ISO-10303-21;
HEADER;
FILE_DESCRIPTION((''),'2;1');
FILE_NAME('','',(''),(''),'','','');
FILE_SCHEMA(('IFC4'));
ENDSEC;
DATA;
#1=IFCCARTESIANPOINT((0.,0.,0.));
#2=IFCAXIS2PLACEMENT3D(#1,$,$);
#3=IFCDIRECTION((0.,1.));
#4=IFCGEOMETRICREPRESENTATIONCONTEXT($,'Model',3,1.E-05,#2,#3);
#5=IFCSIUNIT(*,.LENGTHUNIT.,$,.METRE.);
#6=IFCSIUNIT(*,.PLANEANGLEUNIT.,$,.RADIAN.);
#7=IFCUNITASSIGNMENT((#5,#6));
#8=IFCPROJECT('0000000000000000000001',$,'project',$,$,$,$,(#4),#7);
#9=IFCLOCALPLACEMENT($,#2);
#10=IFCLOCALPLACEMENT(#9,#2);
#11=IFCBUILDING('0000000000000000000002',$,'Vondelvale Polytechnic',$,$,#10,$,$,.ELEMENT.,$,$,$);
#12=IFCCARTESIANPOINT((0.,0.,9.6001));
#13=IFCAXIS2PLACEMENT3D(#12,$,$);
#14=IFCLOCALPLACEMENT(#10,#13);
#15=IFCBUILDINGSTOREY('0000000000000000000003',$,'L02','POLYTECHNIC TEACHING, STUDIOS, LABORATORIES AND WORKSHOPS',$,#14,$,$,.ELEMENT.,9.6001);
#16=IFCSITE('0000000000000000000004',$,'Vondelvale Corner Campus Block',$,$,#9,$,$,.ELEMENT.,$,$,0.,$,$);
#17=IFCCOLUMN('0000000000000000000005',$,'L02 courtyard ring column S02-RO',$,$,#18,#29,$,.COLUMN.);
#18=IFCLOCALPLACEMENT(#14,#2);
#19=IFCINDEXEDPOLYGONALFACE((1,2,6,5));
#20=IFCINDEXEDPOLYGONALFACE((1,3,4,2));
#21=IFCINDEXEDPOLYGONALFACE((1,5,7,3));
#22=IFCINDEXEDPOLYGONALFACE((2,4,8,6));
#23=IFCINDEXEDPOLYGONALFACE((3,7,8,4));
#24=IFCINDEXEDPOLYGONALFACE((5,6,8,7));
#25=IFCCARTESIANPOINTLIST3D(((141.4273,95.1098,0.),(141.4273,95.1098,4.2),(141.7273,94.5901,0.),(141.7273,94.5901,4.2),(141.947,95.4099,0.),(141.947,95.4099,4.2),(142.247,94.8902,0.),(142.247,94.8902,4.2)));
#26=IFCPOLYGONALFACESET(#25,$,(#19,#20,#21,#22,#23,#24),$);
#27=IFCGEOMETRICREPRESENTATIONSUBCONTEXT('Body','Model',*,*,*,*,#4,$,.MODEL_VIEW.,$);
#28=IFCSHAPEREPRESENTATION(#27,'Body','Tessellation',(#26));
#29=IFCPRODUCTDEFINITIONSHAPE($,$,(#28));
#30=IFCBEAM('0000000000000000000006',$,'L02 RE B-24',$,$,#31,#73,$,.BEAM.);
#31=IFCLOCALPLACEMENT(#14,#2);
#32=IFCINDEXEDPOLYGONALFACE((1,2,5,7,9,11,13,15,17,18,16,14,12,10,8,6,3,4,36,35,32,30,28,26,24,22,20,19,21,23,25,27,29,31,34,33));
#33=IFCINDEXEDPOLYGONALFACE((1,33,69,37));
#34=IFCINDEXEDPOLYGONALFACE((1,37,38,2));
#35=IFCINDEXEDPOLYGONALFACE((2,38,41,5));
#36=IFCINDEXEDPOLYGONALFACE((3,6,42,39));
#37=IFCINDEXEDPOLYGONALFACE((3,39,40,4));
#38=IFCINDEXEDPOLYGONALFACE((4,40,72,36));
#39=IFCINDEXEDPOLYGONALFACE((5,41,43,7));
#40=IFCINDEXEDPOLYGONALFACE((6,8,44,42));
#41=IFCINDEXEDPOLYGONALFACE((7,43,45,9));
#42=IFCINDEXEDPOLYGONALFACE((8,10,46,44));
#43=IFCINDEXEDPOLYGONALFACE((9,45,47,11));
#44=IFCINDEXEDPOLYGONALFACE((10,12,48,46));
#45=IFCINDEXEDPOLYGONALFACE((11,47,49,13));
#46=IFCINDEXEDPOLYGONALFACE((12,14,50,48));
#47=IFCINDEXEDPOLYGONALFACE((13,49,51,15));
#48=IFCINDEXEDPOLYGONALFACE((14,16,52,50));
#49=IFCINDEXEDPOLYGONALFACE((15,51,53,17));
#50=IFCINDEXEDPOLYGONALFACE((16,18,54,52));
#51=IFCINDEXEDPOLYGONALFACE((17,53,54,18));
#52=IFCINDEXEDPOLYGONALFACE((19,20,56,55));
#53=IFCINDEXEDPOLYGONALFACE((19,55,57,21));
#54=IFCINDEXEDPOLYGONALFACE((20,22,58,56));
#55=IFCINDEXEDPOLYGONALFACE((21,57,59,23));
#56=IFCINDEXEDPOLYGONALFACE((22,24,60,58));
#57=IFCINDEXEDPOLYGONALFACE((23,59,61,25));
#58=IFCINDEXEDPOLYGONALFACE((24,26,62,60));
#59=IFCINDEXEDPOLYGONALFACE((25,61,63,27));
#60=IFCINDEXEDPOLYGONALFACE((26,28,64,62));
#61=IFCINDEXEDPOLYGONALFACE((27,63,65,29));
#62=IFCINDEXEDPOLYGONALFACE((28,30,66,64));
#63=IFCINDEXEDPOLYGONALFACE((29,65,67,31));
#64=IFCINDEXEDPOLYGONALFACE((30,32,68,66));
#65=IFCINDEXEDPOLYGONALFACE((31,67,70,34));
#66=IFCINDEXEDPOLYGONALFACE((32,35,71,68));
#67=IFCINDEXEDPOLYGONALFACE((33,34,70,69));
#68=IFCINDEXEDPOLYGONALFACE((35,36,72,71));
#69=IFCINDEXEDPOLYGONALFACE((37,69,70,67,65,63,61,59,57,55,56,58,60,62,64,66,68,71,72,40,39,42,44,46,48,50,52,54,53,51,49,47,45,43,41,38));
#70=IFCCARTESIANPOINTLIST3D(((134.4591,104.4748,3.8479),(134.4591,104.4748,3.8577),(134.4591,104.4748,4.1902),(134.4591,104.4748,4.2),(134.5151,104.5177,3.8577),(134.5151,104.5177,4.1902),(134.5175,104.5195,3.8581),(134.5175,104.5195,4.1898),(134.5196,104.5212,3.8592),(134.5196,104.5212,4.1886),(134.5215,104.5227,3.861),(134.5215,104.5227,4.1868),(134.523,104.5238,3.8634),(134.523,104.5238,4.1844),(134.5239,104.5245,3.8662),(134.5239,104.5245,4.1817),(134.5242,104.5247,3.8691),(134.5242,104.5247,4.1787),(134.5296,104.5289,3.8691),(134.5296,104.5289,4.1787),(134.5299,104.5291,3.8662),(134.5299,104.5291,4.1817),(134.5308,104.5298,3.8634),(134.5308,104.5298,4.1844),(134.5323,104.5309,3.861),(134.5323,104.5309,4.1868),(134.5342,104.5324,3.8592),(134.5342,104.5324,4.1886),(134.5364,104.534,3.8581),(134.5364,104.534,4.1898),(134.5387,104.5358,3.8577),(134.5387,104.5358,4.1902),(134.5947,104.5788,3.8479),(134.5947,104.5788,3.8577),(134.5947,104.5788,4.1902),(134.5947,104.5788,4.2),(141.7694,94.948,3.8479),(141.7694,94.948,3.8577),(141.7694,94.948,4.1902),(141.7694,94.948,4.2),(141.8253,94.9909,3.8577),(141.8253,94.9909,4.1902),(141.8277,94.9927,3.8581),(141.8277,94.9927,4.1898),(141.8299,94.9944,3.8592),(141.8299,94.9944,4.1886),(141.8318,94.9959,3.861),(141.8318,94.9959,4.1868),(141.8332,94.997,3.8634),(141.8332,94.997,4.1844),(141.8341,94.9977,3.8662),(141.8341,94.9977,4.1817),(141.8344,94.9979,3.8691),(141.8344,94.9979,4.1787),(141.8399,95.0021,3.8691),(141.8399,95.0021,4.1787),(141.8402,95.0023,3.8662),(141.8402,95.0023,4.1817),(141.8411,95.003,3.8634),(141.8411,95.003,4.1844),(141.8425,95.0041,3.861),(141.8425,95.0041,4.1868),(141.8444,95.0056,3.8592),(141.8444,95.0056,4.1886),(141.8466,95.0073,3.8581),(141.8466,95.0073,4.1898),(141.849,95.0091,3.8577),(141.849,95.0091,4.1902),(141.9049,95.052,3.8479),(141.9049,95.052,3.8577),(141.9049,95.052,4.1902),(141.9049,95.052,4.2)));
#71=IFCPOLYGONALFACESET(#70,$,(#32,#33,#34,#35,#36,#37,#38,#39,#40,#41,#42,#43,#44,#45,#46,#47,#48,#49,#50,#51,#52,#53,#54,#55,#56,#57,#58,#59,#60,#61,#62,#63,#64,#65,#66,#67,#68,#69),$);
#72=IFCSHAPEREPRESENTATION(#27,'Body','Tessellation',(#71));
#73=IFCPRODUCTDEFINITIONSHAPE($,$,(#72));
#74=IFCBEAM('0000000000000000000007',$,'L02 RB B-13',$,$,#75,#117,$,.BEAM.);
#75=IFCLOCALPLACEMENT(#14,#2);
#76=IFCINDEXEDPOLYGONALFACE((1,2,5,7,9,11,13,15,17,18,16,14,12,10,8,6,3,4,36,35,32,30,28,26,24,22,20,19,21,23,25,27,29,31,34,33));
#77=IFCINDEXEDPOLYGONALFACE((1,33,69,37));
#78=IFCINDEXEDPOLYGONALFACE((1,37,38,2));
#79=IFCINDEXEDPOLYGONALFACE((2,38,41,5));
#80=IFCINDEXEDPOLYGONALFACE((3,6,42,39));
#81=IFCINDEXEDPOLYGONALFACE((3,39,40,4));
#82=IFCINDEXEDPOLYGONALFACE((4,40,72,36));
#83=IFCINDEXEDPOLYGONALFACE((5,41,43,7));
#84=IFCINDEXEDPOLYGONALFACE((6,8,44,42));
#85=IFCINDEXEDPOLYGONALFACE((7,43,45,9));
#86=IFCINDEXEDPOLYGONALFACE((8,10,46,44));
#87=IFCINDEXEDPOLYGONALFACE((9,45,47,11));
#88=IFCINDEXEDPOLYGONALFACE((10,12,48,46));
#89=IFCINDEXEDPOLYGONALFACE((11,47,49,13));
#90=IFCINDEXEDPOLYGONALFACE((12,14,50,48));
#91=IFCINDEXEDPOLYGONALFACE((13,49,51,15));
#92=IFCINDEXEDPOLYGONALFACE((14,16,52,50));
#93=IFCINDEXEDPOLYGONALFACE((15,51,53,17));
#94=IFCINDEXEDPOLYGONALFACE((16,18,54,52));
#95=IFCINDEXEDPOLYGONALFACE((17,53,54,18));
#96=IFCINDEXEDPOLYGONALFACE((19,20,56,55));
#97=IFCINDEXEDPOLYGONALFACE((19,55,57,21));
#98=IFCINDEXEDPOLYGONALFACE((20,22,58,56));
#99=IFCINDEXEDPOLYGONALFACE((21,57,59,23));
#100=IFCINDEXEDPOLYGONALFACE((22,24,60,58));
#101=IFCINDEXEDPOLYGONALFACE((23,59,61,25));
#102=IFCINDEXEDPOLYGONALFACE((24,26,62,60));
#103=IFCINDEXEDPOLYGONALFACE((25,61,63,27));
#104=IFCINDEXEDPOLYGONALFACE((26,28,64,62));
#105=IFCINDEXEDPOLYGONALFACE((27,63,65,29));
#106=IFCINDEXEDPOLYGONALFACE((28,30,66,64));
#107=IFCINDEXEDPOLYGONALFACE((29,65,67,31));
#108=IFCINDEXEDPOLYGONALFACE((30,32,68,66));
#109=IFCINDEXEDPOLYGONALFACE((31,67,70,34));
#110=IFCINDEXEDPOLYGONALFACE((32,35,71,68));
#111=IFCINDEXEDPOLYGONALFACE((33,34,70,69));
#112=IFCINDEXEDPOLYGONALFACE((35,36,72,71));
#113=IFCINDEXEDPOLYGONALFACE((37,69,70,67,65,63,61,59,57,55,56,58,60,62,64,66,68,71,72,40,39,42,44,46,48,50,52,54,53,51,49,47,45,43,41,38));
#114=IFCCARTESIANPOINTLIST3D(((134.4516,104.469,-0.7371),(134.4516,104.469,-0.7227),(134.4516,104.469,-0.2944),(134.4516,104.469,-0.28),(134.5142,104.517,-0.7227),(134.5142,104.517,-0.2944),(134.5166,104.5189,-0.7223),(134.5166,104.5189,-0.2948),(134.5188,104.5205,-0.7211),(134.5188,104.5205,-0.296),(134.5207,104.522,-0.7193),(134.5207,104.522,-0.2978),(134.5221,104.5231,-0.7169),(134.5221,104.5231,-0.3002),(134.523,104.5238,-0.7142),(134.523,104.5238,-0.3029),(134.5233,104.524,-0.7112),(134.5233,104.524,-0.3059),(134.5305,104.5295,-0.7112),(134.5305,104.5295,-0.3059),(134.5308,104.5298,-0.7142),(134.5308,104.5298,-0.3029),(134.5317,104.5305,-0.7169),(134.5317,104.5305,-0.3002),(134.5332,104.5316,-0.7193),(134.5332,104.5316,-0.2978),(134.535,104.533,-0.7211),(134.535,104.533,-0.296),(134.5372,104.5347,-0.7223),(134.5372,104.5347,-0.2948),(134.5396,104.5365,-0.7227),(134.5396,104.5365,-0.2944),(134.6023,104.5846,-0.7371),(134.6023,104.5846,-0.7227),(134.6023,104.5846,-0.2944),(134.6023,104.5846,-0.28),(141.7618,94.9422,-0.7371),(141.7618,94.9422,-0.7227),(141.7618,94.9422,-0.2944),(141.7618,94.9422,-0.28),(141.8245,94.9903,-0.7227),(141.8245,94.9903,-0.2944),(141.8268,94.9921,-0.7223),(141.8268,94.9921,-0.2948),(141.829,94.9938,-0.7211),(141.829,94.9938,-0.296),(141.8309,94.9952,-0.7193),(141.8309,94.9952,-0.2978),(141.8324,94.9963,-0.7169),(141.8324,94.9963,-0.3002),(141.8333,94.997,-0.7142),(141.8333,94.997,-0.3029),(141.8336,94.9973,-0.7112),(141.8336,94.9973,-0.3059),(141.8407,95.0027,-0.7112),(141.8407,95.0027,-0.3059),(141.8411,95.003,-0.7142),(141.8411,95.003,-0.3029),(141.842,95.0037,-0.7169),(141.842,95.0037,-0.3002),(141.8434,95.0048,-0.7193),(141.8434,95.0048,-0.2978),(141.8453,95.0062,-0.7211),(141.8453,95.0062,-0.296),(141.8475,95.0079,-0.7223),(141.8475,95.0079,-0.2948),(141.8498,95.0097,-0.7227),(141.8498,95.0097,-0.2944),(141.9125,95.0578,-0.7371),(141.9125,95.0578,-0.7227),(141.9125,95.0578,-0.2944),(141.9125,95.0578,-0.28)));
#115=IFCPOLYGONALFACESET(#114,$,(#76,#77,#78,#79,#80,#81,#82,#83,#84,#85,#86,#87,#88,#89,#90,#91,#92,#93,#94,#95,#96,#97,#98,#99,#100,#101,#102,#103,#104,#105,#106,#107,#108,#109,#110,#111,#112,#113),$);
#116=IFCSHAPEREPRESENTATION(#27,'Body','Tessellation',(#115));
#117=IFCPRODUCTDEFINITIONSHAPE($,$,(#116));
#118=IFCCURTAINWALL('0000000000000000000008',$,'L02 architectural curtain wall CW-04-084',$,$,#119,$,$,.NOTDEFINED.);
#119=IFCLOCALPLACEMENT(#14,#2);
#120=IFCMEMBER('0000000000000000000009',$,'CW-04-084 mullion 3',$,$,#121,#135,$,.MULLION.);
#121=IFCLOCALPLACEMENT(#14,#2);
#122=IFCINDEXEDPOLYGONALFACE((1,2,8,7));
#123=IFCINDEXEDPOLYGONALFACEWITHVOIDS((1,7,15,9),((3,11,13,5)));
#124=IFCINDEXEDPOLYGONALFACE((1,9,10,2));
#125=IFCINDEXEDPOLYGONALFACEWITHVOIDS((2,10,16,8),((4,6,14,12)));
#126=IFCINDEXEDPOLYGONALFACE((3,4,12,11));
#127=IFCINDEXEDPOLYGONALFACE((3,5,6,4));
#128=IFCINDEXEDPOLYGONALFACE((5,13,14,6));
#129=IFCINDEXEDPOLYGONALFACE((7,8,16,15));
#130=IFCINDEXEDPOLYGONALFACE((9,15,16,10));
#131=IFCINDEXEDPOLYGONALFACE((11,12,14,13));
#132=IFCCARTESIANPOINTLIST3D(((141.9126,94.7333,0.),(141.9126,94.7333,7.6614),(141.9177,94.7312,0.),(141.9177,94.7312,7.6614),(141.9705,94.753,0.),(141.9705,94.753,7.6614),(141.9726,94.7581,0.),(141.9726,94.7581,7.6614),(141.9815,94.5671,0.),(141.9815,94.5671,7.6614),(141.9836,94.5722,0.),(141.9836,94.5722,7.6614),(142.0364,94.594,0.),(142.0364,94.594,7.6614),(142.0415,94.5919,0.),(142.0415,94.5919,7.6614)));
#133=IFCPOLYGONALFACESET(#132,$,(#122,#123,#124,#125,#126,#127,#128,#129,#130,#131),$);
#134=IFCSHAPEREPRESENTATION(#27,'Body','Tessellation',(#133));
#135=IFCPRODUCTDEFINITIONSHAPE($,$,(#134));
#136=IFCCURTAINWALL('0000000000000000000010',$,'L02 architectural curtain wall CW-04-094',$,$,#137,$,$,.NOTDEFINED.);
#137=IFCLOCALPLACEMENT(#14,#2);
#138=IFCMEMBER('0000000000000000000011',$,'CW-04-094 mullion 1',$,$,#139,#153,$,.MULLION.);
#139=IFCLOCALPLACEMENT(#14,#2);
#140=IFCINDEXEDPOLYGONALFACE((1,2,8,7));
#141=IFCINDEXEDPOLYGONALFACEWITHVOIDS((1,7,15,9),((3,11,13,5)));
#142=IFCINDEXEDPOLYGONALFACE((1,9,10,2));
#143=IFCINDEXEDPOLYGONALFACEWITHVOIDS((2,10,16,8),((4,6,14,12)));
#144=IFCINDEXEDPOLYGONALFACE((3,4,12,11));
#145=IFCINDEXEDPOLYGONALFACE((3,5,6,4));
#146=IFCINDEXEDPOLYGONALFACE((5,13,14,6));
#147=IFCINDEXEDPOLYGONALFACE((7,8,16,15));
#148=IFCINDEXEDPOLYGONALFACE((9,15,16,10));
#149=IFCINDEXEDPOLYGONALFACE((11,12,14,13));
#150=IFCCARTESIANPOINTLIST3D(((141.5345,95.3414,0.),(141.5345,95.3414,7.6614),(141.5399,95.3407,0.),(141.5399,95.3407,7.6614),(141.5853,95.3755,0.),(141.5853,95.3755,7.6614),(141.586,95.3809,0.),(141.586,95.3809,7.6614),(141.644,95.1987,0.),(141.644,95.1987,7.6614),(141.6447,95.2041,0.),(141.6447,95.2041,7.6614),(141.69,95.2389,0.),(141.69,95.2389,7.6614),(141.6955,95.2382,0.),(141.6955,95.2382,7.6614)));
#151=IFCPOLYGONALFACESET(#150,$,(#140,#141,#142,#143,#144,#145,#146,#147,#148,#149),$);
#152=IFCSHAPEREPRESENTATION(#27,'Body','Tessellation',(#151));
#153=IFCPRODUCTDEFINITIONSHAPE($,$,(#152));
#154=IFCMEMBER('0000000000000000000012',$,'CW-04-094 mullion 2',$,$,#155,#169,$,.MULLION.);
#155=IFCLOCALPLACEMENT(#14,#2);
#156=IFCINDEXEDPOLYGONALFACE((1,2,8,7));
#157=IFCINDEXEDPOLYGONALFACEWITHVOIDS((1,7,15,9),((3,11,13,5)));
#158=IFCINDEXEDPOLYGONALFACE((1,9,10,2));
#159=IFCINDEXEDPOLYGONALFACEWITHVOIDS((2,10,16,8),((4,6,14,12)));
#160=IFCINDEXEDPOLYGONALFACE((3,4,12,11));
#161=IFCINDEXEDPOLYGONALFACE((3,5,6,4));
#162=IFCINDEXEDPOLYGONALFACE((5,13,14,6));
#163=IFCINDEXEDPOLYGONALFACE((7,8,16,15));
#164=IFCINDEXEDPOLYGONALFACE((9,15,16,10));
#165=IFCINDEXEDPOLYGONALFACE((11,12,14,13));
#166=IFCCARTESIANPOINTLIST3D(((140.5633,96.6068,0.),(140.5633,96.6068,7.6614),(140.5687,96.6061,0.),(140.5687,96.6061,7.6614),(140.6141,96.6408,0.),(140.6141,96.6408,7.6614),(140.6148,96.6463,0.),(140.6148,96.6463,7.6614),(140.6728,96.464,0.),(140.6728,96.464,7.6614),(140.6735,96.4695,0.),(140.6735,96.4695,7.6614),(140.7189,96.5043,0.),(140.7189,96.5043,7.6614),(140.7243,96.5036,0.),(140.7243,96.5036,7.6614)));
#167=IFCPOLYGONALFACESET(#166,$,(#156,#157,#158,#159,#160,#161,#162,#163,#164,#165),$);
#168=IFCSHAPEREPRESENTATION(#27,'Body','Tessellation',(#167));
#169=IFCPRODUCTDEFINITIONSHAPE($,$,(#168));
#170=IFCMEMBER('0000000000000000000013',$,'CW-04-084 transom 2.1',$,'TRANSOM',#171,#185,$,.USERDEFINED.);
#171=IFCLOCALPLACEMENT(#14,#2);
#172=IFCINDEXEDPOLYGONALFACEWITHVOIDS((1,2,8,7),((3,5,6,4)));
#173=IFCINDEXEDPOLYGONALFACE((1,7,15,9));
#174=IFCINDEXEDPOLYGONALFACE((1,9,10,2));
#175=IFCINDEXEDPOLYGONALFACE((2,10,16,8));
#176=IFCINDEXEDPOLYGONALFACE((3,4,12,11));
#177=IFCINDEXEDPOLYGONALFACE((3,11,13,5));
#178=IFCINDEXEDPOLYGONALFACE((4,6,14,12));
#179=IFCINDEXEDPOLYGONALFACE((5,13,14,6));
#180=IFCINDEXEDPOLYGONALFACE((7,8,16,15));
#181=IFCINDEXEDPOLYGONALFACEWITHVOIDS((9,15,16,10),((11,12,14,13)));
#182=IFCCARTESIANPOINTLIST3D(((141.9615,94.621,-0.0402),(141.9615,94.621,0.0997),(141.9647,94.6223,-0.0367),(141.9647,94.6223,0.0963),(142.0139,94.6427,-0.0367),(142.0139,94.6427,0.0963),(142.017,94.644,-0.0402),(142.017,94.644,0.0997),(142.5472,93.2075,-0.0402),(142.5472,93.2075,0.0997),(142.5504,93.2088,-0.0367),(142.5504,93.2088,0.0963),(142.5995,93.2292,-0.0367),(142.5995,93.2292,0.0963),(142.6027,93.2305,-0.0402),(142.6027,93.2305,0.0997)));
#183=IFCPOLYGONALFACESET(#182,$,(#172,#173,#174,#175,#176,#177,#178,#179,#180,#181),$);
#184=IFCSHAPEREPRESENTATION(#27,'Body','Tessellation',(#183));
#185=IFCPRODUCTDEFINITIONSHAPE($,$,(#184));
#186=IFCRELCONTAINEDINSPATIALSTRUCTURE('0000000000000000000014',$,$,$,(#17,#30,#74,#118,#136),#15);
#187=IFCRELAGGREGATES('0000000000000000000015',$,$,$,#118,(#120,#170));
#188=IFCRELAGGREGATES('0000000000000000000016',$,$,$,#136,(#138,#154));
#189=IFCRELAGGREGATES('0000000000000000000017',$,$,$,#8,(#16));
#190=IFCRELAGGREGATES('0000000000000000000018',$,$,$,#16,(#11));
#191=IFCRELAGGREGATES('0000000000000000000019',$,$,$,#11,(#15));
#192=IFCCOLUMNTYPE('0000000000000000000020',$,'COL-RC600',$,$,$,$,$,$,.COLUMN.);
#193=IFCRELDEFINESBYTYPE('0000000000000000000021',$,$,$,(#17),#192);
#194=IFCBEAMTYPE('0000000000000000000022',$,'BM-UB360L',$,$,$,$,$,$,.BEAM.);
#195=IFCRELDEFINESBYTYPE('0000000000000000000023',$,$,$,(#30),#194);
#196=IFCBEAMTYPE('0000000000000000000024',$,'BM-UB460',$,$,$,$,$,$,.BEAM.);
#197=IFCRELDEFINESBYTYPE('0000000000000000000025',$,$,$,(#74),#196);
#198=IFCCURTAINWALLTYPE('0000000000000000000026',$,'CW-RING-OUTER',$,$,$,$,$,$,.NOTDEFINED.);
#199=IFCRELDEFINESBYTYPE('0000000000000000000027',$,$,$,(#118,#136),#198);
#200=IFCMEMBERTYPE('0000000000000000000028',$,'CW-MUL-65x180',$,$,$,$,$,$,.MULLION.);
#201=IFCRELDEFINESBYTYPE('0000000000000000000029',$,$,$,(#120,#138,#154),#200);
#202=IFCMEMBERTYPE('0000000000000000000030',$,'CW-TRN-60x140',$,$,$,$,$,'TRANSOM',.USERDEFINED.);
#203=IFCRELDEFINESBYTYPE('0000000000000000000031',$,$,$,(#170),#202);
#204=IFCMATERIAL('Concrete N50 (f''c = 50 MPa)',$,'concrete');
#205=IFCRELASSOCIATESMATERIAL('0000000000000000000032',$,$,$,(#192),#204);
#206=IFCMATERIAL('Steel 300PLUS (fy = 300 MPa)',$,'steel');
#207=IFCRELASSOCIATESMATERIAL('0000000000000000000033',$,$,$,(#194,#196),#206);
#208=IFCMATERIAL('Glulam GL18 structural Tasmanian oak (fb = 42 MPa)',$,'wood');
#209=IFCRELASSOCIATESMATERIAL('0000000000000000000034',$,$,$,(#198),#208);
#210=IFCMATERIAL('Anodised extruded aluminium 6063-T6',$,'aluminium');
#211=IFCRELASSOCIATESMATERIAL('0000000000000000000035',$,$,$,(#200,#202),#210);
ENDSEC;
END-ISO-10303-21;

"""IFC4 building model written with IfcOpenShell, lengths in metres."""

from ifc_helpers import new_model, si_unit, direction, frame, origin, origin_2d, place, context, subcontext, project, spatial, rectangle, hollow_rectangle, i_section, extrude, material, material_profile, profile_set, type_object, element, aggregate, save


model = new_model("IFC4")

# Units and contexts
model_context = context("Model", 3, precision=1e-05, world=origin(), true_north=direction((0.0, 1.0)))
body_context = subcontext(model_context, "Body", "Model", "MODEL_VIEW")
ifc_project = project(units=[si_unit("LENGTHUNIT", "METRE"), si_unit("PLANEANGLEUNIT", "RADIAN")], contexts=[model_context])

# Site, building, storey
site_placement = place(None, origin())
site = spatial("IfcSite", under=ifc_project, at=site_placement, Name="Vondelvale Corner Campus Block", CompositionType="ELEMENT", RefElevation=0.0)
building_placement = place(site_placement, origin())
building = spatial("IfcBuilding", under=site, at=building_placement, Name="Vondelvale Polytechnic", CompositionType="ELEMENT")
storey_placement = place(building_placement, frame((0.0, 0.0, 9.6001)))
storey = spatial("IfcBuildingStorey", under=building, at=storey_placement, Name="L02", Description="POLYTECHNIC TEACHING, STUDIOS, LABORATORIES AND WORKSHOPS", CompositionType="ELEMENT", Elevation=9.6001)

# Column
ifc_material_1 = material(Name="Concrete N50 (f'c = 50 MPa)", Category="concrete")
ifc_material_profile_1 = material_profile(ifc_material_1, rectangle(XDim=0.6001, YDim=0.6001, at=origin_2d()), Name="RC-COL-600x600")
ifc_profile_set_1 = profile_set([ifc_material_profile_1], Name="Concrete N50 (f'c = 50 MPa)")
column_type = type_object("IfcColumnType", Name="COL-RC600", PredefinedType="COLUMN", material=ifc_profile_set_1)
column_placement = place(storey_placement, frame((141.8372, 95.0, 0.0), z_axis=(0.0, 0.0, 1.0), x_axis=(0.866025, 0.5, 0.0)))
element("IfcColumn", 1, at=column_placement, inside=storey, type_object=column_type, Name="L02 courtyard ring column S02-RO", PredefinedType="COLUMN", context=body_context, shape_type="SweptSolid", body=[
    extrude(rectangle(XDim=0.6001, YDim=0.6001, at=origin_2d()), origin(), (0.0, 0.0, 1.0), 4.2),
])

# Beams
ifc_material_2 = material(Name="Steel 300PLUS (fy = 300 MPa)", Category="steel")
ifc_material_profile_2 = material_profile(ifc_material_2, i_section(OverallWidth=0.1709, OverallDepth=0.3521, WebThickness=0.0068, FlangeThickness=0.0098, FilletRadius=0.0115, at=origin_2d()), Name="360UB44.7")
ifc_profile_set_2 = profile_set([ifc_material_profile_2], Name="Steel 300PLUS (fy = 300 MPa)")
beam_type_1 = type_object("IfcBeamType", Name="BM-UB360L", PredefinedType="BEAM", material=ifc_profile_set_2)
beam_1_placement = place(storey_placement, frame((141.8372, 95.0, 4.0239), z_axis=(-0.608766, 0.79335, 0.0), x_axis=(-0.79335, -0.608766, 0.0)))
element("IfcBeam", 2, at=beam_1_placement, inside=storey, type_object=beam_type_1, Name="L02 RE B-24", PredefinedType="BEAM", context=body_context, shape_type="SweptSolid", body=[
    extrude(i_section(OverallWidth=0.1709, OverallDepth=0.3521, WebThickness=0.0068, FlangeThickness=0.0098, FilletRadius=0.0115, at=origin_2d()), origin(), (0.0, 0.0, 1.0), 12.0083),
])
ifc_material_profile_3 = material_profile(ifc_material_2, i_section(OverallWidth=0.1899, OverallDepth=0.457, WebThickness=0.009, FlangeThickness=0.0144, FilletRadius=0.0115, at=origin_2d()), Name="460UB74.6")
ifc_profile_set_3 = profile_set([ifc_material_profile_3], Name="Steel 300PLUS (fy = 300 MPa)")
beam_type_2 = type_object("IfcBeamType", Name="BM-UB460", PredefinedType="BEAM", material=ifc_profile_set_3)
beam_2_placement = place(storey_placement, frame((141.8372, 95.0, -0.5085), z_axis=(-0.608766, 0.79335, 0.0), x_axis=(-0.79335, -0.608766, 0.0)))
element("IfcBeam", 3, at=beam_2_placement, inside=storey, type_object=beam_type_2, Name="L02 RB B-13", PredefinedType="BEAM", context=body_context, shape_type="SweptSolid", body=[
    extrude(i_section(OverallWidth=0.1899, OverallDepth=0.457, WebThickness=0.009, FlangeThickness=0.0144, FilletRadius=0.0115, at=origin_2d()), origin(), (0.0, 0.0, 1.0), 12.0083),
])

# Curtain wall, member
ifc_material_3 = material(Name="Glulam GL18 structural Tasmanian oak (fb = 42 MPa)", Category="wood")
curtain_wall_type = type_object("IfcCurtainWallType", Name="CW-RING-OUTER", PredefinedType="NOTDEFINED", material=ifc_material_3)
curtain_wall_1_placement = place(storey_placement, origin())
curtain_wall_1 = element("IfcCurtainWall", 4, at=curtain_wall_1_placement, inside=storey, type_object=curtain_wall_type, Name="L02 architectural curtain wall CW-04-084", PredefinedType="NOTDEFINED")
ifc_material_4 = material(Name="Anodised extruded aluminium 6063-T6", Category="aluminium")
ifc_material_profile_4 = material_profile(ifc_material_4, hollow_rectangle(XDim=0.0649, YDim=0.1799, WallThickness=0.0039, at=origin_2d()), Name="CW-MUL-180x65")
ifc_profile_set_4 = profile_set([ifc_material_profile_4], Name="Anodised extruded aluminium 6063-T6")
member_type_1 = type_object("IfcMemberType", Name="CW-MUL-65x180", PredefinedType="MULLION", material=ifc_profile_set_4)
member_1_placement = place(storey_placement, frame((141.9771, 94.6626, 0.0), z_axis=(0.0, 0.0, 1.0), x_axis=(-0.923882, -0.382677, 0.0)))
member_1 = element("IfcMember", 5, at=member_1_placement, type_object=member_type_1, Name="CW-04-084 mullion 3", PredefinedType="MULLION", context=body_context, shape_type="SweptSolid", body=[
    extrude(hollow_rectangle(XDim=0.0649, YDim=0.1799, WallThickness=0.0039, at=origin_2d()), origin(), (0.0, 0.0, 1.0), 7.6614),
])

# Curtain wall, members
curtain_wall_2_placement = place(storey_placement, origin())
curtain_wall_2 = element("IfcCurtainWall", 6, at=curtain_wall_2_placement, inside=storey, type_object=curtain_wall_type, Name="L02 architectural curtain wall CW-04-094", PredefinedType="NOTDEFINED")
member_2_placement = place(storey_placement, frame((141.615, 95.2898, 0.0), z_axis=(0.0, 0.0, 1.0), x_axis=(-0.793334, -0.608787, 0.0)))
member_2 = element("IfcMember", 7, at=member_2_placement, type_object=member_type_1, Name="CW-04-094 mullion 1", PredefinedType="MULLION", context=body_context, shape_type="SweptSolid", body=[
    extrude(hollow_rectangle(XDim=0.0649, YDim=0.1799, WallThickness=0.0039, at=origin_2d()), origin(), (0.0, 0.0, 1.0), 7.6614),
])
member_3_placement = place(storey_placement, frame((140.6438, 96.5552, 0.0), z_axis=(0.0, 0.0, 1.0), x_axis=(-0.793334, -0.608787, 0.0)))
member_3 = element("IfcMember", 8, at=member_3_placement, type_object=member_type_1, Name="CW-04-094 mullion 2", PredefinedType="MULLION", context=body_context, shape_type="SweptSolid", body=[
    extrude(hollow_rectangle(XDim=0.0649, YDim=0.1799, WallThickness=0.0039, at=origin_2d()), origin(), (0.0, 0.0, 1.0), 7.6614),
])

# Member
ifc_material_profile_5 = material_profile(ifc_material_4, hollow_rectangle(XDim=0.0601, YDim=0.1399, WallThickness=0.0034, at=origin_2d()), Name="CW-TRN-140x60")
ifc_profile_set_5 = profile_set([ifc_material_profile_5], Name="Anodised extruded aluminium 6063-T6")
member_type_2 = type_object("IfcMemberType", Name="CW-TRN-60x140", ElementType="TRANSOM", PredefinedType="USERDEFINED", material=ifc_profile_set_5)
member_4_placement = place(storey_placement, frame((142.575, 93.219, 0.0298), z_axis=(-0.382779, 0.92384, 0.0), x_axis=(-0.92384, -0.382779, 0.0)))
member_4 = element("IfcMember", 9, at=member_4_placement, type_object=member_type_2, Name="CW-04-084 transom 2.1", ObjectType="TRANSOM", PredefinedType="USERDEFINED", context=body_context, shape_type="SweptSolid", body=[
    extrude(hollow_rectangle(XDim=0.0601, YDim=0.1399, WallThickness=0.0034, at=origin_2d()), origin(), (0.0, 0.0, 1.0), 1.53),
])

aggregate(curtain_wall_1, [member_1, member_4])
aggregate(curtain_wall_2, [member_2, member_3])

save(model, "model.ifc")
